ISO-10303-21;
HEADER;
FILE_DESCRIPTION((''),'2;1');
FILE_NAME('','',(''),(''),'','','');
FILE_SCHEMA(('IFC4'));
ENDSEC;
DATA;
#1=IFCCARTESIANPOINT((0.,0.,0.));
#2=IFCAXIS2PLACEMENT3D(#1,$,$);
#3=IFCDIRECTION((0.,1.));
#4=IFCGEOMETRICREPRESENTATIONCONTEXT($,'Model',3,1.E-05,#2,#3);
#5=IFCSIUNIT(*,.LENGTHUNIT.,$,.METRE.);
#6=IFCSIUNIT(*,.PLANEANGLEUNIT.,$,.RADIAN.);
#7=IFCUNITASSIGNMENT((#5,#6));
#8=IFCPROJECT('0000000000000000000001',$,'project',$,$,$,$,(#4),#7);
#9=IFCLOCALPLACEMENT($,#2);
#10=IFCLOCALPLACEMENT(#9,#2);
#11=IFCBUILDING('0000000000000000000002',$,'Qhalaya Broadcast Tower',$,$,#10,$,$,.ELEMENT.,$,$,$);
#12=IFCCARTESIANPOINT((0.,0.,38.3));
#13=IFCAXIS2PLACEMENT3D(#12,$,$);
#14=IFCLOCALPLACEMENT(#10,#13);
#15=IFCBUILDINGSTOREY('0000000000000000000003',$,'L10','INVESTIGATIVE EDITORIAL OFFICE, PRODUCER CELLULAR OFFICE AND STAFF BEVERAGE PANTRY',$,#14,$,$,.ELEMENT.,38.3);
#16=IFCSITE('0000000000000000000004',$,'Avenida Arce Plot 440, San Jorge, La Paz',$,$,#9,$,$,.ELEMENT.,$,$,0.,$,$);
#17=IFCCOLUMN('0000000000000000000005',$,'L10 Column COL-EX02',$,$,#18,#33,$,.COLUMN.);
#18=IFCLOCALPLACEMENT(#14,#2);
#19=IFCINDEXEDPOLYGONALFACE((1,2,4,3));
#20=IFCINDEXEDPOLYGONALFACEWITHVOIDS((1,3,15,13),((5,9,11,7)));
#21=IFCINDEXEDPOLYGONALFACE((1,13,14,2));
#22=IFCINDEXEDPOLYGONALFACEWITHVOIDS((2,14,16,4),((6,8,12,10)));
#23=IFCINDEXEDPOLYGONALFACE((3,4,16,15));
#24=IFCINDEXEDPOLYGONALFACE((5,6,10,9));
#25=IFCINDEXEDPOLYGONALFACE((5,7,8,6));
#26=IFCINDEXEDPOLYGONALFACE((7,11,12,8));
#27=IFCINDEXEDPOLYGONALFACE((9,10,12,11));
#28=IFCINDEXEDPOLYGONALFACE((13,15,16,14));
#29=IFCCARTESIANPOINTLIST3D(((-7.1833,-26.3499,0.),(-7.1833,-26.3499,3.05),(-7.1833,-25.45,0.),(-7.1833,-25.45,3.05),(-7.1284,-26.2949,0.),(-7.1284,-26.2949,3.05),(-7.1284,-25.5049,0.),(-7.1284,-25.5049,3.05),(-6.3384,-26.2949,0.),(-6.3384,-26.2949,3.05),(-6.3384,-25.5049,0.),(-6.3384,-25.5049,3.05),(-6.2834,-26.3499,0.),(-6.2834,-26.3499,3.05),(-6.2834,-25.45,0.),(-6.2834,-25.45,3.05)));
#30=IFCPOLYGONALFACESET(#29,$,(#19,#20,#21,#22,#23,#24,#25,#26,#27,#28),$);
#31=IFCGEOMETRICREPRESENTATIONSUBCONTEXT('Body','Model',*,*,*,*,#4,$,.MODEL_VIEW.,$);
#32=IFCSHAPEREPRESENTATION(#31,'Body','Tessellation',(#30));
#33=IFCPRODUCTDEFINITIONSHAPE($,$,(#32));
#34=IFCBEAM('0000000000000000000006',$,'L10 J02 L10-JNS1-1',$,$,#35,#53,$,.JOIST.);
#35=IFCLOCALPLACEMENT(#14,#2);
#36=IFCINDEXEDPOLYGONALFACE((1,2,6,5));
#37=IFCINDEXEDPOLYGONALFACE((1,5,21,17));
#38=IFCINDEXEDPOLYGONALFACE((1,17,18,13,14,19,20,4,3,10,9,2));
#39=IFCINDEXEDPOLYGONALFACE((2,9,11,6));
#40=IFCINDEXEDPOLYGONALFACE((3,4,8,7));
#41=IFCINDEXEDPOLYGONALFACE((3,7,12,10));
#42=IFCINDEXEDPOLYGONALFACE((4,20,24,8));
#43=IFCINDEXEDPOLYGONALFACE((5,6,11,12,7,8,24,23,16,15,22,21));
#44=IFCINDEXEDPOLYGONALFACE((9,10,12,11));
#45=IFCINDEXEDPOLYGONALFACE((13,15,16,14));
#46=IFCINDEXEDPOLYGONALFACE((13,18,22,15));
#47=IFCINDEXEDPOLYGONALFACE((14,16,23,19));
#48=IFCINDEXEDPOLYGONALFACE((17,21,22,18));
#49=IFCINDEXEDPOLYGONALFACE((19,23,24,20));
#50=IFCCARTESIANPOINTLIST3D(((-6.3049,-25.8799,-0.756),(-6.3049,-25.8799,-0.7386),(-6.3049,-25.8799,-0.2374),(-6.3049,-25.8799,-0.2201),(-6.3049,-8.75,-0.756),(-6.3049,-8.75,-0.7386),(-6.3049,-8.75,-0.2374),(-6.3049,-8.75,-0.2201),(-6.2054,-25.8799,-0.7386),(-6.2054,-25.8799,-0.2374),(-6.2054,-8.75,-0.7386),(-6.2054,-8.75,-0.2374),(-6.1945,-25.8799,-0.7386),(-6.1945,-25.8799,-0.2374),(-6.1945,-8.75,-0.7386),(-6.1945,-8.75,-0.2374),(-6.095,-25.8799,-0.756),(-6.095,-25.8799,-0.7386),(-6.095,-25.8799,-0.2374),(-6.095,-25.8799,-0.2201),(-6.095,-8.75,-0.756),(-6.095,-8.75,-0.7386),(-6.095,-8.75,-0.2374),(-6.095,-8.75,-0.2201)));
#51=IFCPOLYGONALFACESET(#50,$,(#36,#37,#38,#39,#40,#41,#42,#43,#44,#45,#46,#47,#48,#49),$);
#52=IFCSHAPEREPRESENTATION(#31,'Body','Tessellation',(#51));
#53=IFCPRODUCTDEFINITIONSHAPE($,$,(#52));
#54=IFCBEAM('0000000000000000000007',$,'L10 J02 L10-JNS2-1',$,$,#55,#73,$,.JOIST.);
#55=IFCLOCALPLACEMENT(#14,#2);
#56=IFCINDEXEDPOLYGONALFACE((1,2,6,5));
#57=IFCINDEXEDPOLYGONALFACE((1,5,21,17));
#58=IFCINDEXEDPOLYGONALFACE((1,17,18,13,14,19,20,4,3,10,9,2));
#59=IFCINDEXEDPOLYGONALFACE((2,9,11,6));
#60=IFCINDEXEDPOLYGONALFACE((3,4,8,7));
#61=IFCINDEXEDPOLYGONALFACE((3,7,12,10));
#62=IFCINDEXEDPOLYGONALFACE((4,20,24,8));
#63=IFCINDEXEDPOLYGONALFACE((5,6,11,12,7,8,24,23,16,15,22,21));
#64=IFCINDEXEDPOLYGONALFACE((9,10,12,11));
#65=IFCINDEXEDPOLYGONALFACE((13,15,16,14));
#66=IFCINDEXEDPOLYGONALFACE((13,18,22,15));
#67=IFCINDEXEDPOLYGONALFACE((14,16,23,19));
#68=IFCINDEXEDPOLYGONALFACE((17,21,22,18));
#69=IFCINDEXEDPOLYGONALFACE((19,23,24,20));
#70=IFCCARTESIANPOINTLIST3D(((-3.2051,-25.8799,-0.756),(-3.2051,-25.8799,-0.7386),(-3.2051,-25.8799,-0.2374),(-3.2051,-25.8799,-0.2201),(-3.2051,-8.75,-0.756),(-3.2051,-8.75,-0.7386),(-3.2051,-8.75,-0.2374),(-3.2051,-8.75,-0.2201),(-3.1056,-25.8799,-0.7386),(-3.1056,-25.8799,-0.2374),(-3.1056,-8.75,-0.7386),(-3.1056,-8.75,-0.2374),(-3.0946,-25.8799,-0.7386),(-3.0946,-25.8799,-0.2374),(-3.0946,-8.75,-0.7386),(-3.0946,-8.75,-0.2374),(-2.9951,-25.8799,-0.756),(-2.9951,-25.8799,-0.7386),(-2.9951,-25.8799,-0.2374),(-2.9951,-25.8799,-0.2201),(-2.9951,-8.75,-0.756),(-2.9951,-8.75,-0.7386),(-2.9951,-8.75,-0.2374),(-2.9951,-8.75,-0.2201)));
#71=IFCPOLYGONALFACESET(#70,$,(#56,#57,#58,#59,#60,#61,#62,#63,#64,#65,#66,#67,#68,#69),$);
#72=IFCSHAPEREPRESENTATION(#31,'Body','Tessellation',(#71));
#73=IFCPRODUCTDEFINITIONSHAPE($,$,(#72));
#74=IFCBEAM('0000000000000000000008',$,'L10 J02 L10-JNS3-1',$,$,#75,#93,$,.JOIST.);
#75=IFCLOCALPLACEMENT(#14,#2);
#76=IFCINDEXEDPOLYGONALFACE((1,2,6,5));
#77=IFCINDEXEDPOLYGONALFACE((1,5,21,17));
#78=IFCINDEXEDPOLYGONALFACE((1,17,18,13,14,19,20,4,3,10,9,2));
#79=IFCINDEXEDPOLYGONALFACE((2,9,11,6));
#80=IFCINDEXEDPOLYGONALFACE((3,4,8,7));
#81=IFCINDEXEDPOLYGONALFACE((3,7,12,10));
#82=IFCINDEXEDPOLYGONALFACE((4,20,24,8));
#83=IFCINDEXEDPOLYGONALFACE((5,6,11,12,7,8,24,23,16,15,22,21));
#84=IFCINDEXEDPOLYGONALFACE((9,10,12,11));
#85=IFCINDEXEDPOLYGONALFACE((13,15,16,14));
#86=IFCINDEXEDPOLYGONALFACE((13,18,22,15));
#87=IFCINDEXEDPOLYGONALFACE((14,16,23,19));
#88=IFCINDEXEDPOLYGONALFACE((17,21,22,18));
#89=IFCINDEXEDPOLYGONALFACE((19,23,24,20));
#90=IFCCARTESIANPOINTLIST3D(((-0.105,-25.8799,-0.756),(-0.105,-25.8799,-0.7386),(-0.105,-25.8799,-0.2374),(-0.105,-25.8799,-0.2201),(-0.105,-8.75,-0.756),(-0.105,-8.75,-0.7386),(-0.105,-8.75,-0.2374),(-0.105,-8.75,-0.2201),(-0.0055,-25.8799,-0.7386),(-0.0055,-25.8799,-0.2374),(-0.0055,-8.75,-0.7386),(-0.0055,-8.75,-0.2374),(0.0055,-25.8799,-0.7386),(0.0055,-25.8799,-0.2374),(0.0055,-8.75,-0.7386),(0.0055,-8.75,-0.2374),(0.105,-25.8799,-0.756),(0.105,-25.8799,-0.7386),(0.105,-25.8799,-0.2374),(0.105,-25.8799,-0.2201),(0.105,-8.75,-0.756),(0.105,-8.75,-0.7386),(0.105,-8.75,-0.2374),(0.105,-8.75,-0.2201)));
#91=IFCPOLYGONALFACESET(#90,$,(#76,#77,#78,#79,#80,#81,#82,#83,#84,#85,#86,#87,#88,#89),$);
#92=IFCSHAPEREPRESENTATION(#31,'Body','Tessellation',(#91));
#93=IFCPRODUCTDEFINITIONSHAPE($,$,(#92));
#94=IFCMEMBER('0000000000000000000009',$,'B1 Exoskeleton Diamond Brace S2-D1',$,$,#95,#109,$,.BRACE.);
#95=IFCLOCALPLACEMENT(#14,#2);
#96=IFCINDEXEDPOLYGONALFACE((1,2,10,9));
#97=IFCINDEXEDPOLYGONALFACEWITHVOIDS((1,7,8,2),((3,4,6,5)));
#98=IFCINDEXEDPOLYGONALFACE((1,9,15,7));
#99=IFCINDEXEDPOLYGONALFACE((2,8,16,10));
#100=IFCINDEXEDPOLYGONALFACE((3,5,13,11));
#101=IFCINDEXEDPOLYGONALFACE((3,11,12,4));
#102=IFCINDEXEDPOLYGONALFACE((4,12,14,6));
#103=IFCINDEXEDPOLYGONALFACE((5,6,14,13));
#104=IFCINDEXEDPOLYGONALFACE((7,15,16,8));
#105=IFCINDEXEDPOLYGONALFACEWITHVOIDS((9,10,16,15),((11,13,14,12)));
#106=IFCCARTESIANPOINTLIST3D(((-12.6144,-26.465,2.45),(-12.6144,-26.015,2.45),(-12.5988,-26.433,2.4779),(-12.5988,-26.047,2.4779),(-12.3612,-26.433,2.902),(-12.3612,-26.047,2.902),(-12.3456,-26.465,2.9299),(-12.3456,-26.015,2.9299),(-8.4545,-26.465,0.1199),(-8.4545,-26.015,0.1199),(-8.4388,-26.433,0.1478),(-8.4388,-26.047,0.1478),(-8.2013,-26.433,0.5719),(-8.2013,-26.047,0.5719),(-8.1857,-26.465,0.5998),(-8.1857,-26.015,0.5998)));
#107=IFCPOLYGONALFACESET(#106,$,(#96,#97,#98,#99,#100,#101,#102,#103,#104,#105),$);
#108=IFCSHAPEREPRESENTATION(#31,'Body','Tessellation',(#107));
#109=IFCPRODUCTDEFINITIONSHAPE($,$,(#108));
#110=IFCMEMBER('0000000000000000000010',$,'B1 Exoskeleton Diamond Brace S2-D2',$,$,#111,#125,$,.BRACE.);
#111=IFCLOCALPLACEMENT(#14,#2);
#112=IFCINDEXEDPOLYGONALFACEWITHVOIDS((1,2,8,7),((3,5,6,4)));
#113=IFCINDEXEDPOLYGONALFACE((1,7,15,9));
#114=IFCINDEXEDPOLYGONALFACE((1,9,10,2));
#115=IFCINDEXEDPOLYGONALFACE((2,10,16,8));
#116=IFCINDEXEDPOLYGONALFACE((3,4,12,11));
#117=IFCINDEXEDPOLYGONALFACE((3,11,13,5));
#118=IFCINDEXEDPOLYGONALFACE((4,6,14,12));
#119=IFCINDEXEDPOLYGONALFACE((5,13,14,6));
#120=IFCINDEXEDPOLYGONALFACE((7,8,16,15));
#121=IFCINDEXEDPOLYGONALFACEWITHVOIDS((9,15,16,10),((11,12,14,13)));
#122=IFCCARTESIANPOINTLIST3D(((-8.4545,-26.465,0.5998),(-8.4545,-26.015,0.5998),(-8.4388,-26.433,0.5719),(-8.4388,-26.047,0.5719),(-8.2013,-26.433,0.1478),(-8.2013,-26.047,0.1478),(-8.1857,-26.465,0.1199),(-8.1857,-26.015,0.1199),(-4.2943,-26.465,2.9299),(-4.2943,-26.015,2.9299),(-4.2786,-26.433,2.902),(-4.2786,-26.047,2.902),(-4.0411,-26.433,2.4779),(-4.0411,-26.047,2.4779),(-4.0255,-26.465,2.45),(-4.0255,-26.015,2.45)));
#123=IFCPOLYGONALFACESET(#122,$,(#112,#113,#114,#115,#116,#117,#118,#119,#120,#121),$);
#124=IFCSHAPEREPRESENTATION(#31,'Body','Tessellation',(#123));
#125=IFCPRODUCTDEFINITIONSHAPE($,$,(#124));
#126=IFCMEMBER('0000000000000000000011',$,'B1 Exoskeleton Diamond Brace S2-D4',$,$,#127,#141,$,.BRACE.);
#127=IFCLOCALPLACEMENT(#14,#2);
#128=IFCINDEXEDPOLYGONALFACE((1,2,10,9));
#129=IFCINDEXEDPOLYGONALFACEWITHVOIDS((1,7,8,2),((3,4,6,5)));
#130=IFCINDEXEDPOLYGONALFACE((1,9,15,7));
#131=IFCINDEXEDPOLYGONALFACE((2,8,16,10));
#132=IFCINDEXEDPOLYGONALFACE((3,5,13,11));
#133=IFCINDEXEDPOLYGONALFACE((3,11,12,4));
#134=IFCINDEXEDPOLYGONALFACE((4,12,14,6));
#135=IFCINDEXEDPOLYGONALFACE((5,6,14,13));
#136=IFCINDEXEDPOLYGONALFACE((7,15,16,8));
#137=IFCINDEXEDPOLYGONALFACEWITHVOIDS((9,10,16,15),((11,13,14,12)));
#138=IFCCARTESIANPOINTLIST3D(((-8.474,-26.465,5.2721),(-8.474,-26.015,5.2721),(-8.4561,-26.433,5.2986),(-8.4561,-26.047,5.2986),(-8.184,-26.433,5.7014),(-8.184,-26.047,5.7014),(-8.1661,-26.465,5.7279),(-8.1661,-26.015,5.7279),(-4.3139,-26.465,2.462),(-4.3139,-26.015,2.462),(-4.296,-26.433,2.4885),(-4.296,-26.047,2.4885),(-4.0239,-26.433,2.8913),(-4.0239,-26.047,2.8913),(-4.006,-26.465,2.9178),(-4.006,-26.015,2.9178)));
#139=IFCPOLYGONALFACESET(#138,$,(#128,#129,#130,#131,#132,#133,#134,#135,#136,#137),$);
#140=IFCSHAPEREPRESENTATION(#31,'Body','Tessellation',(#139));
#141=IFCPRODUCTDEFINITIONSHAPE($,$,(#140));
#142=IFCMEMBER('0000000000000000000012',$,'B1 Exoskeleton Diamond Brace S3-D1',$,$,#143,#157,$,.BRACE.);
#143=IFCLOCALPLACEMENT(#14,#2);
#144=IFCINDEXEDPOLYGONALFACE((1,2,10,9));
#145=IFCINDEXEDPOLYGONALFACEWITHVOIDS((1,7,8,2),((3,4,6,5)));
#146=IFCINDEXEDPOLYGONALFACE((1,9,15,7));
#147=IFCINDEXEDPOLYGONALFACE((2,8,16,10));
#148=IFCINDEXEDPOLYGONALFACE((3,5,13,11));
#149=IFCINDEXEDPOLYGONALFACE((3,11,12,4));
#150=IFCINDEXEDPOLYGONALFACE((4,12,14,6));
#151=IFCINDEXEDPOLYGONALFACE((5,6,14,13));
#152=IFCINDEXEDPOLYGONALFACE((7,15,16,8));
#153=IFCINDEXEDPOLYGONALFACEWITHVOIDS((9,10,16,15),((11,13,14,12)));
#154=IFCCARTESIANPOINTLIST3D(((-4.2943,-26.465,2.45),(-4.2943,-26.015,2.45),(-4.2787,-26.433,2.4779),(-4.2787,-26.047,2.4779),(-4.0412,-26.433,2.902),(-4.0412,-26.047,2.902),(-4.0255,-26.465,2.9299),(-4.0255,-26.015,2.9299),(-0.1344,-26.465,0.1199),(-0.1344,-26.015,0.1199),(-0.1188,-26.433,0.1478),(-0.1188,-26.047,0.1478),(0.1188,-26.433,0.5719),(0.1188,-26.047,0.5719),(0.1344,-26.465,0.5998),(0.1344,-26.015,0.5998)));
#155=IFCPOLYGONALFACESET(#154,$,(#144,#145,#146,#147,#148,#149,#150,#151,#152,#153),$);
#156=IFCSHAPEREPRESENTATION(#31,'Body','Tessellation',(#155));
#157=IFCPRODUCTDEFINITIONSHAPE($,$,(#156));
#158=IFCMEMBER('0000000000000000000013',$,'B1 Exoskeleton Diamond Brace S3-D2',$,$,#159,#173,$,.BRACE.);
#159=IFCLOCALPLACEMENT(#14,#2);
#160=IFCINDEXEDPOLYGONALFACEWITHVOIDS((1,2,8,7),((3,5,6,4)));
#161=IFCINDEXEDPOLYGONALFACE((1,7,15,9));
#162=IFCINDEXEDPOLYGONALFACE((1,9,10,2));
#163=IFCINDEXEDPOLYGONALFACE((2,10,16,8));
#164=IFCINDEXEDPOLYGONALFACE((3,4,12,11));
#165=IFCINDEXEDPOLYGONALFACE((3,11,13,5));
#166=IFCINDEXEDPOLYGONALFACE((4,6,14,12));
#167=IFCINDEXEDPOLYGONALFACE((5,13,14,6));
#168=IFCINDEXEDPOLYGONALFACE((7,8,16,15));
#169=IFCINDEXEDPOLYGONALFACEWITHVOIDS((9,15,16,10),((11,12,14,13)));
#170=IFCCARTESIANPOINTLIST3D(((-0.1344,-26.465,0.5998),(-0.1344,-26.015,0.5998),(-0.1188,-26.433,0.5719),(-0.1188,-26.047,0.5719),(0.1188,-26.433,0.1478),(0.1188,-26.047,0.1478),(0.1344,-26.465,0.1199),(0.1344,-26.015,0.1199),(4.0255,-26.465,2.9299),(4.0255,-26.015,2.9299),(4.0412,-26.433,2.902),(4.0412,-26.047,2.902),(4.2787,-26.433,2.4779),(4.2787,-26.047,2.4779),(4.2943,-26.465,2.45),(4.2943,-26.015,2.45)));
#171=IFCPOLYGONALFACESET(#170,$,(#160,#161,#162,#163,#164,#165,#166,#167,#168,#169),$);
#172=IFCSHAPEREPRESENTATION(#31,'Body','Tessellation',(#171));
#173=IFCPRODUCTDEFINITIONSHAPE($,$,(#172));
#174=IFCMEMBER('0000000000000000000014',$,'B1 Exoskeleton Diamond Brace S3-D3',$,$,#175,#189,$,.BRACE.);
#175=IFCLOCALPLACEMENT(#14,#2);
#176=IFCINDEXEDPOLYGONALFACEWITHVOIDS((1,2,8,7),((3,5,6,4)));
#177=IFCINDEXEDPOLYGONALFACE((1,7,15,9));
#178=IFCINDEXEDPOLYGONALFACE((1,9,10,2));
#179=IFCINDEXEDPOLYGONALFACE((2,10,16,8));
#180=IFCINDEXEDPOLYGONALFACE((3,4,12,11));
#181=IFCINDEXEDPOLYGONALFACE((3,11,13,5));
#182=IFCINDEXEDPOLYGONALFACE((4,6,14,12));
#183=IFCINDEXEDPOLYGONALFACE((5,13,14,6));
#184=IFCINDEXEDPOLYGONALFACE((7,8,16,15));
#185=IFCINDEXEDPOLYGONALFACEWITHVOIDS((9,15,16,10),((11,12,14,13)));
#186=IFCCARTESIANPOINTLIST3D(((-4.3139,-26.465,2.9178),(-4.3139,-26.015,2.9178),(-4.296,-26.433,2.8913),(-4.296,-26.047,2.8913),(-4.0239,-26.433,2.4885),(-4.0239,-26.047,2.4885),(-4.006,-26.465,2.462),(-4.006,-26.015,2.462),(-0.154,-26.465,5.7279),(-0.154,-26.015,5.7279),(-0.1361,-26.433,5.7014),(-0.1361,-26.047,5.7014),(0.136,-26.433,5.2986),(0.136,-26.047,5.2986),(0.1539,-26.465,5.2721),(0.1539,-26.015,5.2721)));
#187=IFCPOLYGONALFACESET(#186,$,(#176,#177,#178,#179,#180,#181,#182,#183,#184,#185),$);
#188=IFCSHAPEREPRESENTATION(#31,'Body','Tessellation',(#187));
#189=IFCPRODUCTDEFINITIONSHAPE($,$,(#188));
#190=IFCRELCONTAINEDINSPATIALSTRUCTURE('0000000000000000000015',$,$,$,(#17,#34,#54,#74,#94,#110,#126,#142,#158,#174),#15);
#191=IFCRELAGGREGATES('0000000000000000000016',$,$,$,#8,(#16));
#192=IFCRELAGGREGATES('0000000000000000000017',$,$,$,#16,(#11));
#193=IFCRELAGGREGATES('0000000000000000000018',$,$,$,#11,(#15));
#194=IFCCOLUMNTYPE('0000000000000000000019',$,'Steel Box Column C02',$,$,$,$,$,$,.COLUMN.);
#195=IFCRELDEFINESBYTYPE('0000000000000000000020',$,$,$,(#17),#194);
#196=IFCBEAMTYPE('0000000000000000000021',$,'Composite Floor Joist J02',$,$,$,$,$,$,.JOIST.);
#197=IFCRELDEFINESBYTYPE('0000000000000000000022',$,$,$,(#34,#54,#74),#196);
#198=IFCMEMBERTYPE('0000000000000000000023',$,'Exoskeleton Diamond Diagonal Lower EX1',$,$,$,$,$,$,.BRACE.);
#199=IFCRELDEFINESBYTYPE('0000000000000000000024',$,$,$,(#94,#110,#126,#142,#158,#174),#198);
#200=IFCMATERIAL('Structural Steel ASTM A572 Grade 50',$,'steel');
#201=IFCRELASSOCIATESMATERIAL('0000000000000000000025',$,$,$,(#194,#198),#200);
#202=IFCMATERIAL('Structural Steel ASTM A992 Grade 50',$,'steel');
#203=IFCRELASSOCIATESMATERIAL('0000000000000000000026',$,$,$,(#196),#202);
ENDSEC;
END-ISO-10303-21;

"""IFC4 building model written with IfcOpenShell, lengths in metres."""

from ifc_helpers import new_model, si_unit, direction, frame, origin, origin_2d, place, context, subcontext, project, spatial, hollow_rectangle, i_section, extrude, material, material_profile, profile_set, type_object, element, save


model = new_model("IFC4")

# Units and contexts
model_context = context("Model", 3, precision=1e-05, world=origin(), true_north=direction((0.0, 1.0)))
body_context = subcontext(model_context, "Body", "Model", "MODEL_VIEW")
ifc_project = project(units=[si_unit("LENGTHUNIT", "METRE"), si_unit("PLANEANGLEUNIT", "RADIAN")], contexts=[model_context])

# Site, building, storey
site_placement = place(None, origin())
site = spatial("IfcSite", under=ifc_project, at=site_placement, Name="Avenida Arce Plot 440, San Jorge, La Paz", CompositionType="ELEMENT", RefElevation=0.0)
building_placement = place(site_placement, origin())
building = spatial("IfcBuilding", under=site, at=building_placement, Name="Qhalaya Broadcast Tower", CompositionType="ELEMENT")
storey_placement = place(building_placement, frame((0.0, 0.0, 38.3)))
storey = spatial("IfcBuildingStorey", under=building, at=storey_placement, Name="L10", Description="INVESTIGATIVE EDITORIAL OFFICE, PRODUCER CELLULAR OFFICE AND STAFF BEVERAGE PANTRY", CompositionType="ELEMENT", Elevation=38.3)

# Column
ifc_material_1 = material(Name="Structural Steel ASTM A572 Grade 50", Category="steel")
ifc_material_profile_1 = material_profile(ifc_material_1, hollow_rectangle(XDim=0.8999, YDim=0.8999, WallThickness=0.0549, at=origin_2d()), Name="BOX 900x900x55")
ifc_profile_set_1 = profile_set([ifc_material_profile_1], Name="Structural Steel ASTM A572 Grade 50")
column_type = type_object("IfcColumnType", Name="Steel Box Column C02", PredefinedType="COLUMN", material=ifc_profile_set_1)
column_placement = place(storey_placement, frame((-6.7334, -25.8999, 0.0), z_axis=(0.0, 0.0, 1.0), x_axis=(1.0, 0.0, 0.0)))
element("IfcColumn", 1, at=column_placement, inside=storey, type_object=column_type, Name="L10 Column COL-EX02", PredefinedType="COLUMN", context=body_context, shape_type="SweptSolid", body=[
    extrude(hollow_rectangle(XDim=0.8999, YDim=0.8999, WallThickness=0.0549, at=origin_2d()), origin(), (0.0, 0.0, 1.0), 3.05),
])

# Beams
ifc_material_2 = material(Name="Structural Steel ASTM A992 Grade 50", Category="steel")
ifc_material_profile_2 = material_profile(ifc_material_2, i_section(OverallWidth=0.21, OverallDepth=0.5359, WebThickness=0.011, FlangeThickness=0.0173, at=origin_2d()), Name="W21X68")
ifc_profile_set_2 = profile_set([ifc_material_profile_2], Name="Structural Steel ASTM A992 Grade 50")
beam_type_1 = type_object("IfcBeamType", Name="Composite Floor Joist J02", PredefinedType="JOIST", material=ifc_profile_set_2)
for number, where, z_axis, x_axis, name in (
    (2, (-6.2, -25.8799, -0.488), (0.0, 1.0, 0.0), (-1.0, 0.0, 0.0), "L10 J02 L10-JNS1-1"),
    (3, (-3.1001, -25.8799, -0.488), (0.0, 1.0, 0.0), (-1.0, 0.0, 0.0), "L10 J02 L10-JNS2-1"),
    (4, (0.0, -25.8799, -0.488), (0.0, 1.0, 0.0), (-1.0, 0.0, 0.0), "L10 J02 L10-JNS3-1"),
):
    element("IfcBeam", number, at=place(storey_placement, frame(where, z_axis=z_axis, x_axis=x_axis)), inside=storey, type_object=beam_type_1, Name=name, PredefinedType="JOIST", context=body_context, shape_type="SweptSolid", body=[
        extrude(i_section(OverallWidth=0.21, OverallDepth=0.5359, WebThickness=0.011, FlangeThickness=0.0173, at=origin_2d()), origin(), (0.0, 0.0, 1.0), 17.1299),
    ])

# Members
ifc_material_profile_3 = material_profile(ifc_material_1, hollow_rectangle(XDim=0.45, YDim=0.55, WallThickness=0.032, at=origin_2d()), Name="BOX 450x550x32")
ifc_profile_set_3 = profile_set([ifc_material_profile_3], Name="Structural Steel ASTM A572 Grade 50")
member_type = type_object("IfcMemberType", Name="Exoskeleton Diamond Diagonal Lower EX1", PredefinedType="BRACE", material=ifc_profile_set_3)
member_1_placement = place(storey_placement, frame((-8.3201, -26.24, 0.3599), z_axis=(-0.872459, 0.0, 0.488688), x_axis=(0.0, -1.0, 0.0)))
element("IfcMember", 5, at=member_1_placement, inside=storey, type_object=member_type, Name="B1 Exoskeleton Diamond Brace S2-D1", PredefinedType="BRACE", context=body_context, shape_type="SweptSolid", body=[
    extrude(hollow_rectangle(XDim=0.45, YDim=0.55, WallThickness=0.032, at=origin_2d()), origin(), (0.0, 0.0, 1.0), 4.7681),
])
member_2_placement = place(storey_placement, frame((-8.3201, -26.24, 0.3599), z_axis=(0.872471, 0.0, 0.488666), x_axis=(0.0, 1.0, 0.0)))
element("IfcMember", 6, at=member_2_placement, inside=storey, type_object=member_type, Name="B1 Exoskeleton Diamond Brace S2-D2", PredefinedType="BRACE", context=body_context, shape_type="SweptSolid", body=[
    extrude(hollow_rectangle(XDim=0.45, YDim=0.55, WallThickness=0.032, at=origin_2d()), origin(), (0.0, 0.0, 1.0), 4.7683),
])
member_3_placement = place(storey_placement, frame((-4.1599, -26.24, 2.6899), z_axis=(-0.828668, 0.0, 0.55974), x_axis=(0.0, -1.0, 0.0)))
element("IfcMember", 7, at=member_3_placement, inside=storey, type_object=member_type, Name="B1 Exoskeleton Diamond Brace S2-D4", PredefinedType="BRACE", context=body_context, shape_type="SweptSolid", body=[
    extrude(hollow_rectangle(XDim=0.45, YDim=0.55, WallThickness=0.032, at=origin_2d()), origin(), (0.0, 0.0, 1.0), 5.0203),
])
for number, where, z_axis, x_axis, name in (
    (8, (0.0, -26.24, 0.3599), (-0.872459, 0.0, 0.488688), (0.0, -1.0, 0.0), "B1 Exoskeleton Diamond Brace S3-D1"),
    (9, (0.0, -26.24, 0.3599), (0.872459, 0.0, 0.488688), (0.0, 1.0, 0.0), "B1 Exoskeleton Diamond Brace S3-D2"),
):
    element("IfcMember", number, at=place(storey_placement, frame(where, z_axis=z_axis, x_axis=x_axis)), inside=storey, type_object=member_type, Name=name, PredefinedType="BRACE", context=body_context, shape_type="SweptSolid", body=[
        extrude(hollow_rectangle(XDim=0.45, YDim=0.55, WallThickness=0.032, at=origin_2d()), origin(), (0.0, 0.0, 1.0), 4.7681),
    ])
member_4_placement = place(storey_placement, frame((-4.1599, -26.24, 2.6899), z_axis=(0.828653, 0.0, 0.559763), x_axis=(0.0, 1.0, 0.0)))
element("IfcMember", 10, at=member_4_placement, inside=storey, type_object=member_type, Name="B1 Exoskeleton Diamond Brace S3-D3", PredefinedType="BRACE", context=body_context, shape_type="SweptSolid", body=[
    extrude(hollow_rectangle(XDim=0.45, YDim=0.55, WallThickness=0.032, at=origin_2d()), origin(), (0.0, 0.0, 1.0), 5.02),
])

save(model, "model.ifc")
